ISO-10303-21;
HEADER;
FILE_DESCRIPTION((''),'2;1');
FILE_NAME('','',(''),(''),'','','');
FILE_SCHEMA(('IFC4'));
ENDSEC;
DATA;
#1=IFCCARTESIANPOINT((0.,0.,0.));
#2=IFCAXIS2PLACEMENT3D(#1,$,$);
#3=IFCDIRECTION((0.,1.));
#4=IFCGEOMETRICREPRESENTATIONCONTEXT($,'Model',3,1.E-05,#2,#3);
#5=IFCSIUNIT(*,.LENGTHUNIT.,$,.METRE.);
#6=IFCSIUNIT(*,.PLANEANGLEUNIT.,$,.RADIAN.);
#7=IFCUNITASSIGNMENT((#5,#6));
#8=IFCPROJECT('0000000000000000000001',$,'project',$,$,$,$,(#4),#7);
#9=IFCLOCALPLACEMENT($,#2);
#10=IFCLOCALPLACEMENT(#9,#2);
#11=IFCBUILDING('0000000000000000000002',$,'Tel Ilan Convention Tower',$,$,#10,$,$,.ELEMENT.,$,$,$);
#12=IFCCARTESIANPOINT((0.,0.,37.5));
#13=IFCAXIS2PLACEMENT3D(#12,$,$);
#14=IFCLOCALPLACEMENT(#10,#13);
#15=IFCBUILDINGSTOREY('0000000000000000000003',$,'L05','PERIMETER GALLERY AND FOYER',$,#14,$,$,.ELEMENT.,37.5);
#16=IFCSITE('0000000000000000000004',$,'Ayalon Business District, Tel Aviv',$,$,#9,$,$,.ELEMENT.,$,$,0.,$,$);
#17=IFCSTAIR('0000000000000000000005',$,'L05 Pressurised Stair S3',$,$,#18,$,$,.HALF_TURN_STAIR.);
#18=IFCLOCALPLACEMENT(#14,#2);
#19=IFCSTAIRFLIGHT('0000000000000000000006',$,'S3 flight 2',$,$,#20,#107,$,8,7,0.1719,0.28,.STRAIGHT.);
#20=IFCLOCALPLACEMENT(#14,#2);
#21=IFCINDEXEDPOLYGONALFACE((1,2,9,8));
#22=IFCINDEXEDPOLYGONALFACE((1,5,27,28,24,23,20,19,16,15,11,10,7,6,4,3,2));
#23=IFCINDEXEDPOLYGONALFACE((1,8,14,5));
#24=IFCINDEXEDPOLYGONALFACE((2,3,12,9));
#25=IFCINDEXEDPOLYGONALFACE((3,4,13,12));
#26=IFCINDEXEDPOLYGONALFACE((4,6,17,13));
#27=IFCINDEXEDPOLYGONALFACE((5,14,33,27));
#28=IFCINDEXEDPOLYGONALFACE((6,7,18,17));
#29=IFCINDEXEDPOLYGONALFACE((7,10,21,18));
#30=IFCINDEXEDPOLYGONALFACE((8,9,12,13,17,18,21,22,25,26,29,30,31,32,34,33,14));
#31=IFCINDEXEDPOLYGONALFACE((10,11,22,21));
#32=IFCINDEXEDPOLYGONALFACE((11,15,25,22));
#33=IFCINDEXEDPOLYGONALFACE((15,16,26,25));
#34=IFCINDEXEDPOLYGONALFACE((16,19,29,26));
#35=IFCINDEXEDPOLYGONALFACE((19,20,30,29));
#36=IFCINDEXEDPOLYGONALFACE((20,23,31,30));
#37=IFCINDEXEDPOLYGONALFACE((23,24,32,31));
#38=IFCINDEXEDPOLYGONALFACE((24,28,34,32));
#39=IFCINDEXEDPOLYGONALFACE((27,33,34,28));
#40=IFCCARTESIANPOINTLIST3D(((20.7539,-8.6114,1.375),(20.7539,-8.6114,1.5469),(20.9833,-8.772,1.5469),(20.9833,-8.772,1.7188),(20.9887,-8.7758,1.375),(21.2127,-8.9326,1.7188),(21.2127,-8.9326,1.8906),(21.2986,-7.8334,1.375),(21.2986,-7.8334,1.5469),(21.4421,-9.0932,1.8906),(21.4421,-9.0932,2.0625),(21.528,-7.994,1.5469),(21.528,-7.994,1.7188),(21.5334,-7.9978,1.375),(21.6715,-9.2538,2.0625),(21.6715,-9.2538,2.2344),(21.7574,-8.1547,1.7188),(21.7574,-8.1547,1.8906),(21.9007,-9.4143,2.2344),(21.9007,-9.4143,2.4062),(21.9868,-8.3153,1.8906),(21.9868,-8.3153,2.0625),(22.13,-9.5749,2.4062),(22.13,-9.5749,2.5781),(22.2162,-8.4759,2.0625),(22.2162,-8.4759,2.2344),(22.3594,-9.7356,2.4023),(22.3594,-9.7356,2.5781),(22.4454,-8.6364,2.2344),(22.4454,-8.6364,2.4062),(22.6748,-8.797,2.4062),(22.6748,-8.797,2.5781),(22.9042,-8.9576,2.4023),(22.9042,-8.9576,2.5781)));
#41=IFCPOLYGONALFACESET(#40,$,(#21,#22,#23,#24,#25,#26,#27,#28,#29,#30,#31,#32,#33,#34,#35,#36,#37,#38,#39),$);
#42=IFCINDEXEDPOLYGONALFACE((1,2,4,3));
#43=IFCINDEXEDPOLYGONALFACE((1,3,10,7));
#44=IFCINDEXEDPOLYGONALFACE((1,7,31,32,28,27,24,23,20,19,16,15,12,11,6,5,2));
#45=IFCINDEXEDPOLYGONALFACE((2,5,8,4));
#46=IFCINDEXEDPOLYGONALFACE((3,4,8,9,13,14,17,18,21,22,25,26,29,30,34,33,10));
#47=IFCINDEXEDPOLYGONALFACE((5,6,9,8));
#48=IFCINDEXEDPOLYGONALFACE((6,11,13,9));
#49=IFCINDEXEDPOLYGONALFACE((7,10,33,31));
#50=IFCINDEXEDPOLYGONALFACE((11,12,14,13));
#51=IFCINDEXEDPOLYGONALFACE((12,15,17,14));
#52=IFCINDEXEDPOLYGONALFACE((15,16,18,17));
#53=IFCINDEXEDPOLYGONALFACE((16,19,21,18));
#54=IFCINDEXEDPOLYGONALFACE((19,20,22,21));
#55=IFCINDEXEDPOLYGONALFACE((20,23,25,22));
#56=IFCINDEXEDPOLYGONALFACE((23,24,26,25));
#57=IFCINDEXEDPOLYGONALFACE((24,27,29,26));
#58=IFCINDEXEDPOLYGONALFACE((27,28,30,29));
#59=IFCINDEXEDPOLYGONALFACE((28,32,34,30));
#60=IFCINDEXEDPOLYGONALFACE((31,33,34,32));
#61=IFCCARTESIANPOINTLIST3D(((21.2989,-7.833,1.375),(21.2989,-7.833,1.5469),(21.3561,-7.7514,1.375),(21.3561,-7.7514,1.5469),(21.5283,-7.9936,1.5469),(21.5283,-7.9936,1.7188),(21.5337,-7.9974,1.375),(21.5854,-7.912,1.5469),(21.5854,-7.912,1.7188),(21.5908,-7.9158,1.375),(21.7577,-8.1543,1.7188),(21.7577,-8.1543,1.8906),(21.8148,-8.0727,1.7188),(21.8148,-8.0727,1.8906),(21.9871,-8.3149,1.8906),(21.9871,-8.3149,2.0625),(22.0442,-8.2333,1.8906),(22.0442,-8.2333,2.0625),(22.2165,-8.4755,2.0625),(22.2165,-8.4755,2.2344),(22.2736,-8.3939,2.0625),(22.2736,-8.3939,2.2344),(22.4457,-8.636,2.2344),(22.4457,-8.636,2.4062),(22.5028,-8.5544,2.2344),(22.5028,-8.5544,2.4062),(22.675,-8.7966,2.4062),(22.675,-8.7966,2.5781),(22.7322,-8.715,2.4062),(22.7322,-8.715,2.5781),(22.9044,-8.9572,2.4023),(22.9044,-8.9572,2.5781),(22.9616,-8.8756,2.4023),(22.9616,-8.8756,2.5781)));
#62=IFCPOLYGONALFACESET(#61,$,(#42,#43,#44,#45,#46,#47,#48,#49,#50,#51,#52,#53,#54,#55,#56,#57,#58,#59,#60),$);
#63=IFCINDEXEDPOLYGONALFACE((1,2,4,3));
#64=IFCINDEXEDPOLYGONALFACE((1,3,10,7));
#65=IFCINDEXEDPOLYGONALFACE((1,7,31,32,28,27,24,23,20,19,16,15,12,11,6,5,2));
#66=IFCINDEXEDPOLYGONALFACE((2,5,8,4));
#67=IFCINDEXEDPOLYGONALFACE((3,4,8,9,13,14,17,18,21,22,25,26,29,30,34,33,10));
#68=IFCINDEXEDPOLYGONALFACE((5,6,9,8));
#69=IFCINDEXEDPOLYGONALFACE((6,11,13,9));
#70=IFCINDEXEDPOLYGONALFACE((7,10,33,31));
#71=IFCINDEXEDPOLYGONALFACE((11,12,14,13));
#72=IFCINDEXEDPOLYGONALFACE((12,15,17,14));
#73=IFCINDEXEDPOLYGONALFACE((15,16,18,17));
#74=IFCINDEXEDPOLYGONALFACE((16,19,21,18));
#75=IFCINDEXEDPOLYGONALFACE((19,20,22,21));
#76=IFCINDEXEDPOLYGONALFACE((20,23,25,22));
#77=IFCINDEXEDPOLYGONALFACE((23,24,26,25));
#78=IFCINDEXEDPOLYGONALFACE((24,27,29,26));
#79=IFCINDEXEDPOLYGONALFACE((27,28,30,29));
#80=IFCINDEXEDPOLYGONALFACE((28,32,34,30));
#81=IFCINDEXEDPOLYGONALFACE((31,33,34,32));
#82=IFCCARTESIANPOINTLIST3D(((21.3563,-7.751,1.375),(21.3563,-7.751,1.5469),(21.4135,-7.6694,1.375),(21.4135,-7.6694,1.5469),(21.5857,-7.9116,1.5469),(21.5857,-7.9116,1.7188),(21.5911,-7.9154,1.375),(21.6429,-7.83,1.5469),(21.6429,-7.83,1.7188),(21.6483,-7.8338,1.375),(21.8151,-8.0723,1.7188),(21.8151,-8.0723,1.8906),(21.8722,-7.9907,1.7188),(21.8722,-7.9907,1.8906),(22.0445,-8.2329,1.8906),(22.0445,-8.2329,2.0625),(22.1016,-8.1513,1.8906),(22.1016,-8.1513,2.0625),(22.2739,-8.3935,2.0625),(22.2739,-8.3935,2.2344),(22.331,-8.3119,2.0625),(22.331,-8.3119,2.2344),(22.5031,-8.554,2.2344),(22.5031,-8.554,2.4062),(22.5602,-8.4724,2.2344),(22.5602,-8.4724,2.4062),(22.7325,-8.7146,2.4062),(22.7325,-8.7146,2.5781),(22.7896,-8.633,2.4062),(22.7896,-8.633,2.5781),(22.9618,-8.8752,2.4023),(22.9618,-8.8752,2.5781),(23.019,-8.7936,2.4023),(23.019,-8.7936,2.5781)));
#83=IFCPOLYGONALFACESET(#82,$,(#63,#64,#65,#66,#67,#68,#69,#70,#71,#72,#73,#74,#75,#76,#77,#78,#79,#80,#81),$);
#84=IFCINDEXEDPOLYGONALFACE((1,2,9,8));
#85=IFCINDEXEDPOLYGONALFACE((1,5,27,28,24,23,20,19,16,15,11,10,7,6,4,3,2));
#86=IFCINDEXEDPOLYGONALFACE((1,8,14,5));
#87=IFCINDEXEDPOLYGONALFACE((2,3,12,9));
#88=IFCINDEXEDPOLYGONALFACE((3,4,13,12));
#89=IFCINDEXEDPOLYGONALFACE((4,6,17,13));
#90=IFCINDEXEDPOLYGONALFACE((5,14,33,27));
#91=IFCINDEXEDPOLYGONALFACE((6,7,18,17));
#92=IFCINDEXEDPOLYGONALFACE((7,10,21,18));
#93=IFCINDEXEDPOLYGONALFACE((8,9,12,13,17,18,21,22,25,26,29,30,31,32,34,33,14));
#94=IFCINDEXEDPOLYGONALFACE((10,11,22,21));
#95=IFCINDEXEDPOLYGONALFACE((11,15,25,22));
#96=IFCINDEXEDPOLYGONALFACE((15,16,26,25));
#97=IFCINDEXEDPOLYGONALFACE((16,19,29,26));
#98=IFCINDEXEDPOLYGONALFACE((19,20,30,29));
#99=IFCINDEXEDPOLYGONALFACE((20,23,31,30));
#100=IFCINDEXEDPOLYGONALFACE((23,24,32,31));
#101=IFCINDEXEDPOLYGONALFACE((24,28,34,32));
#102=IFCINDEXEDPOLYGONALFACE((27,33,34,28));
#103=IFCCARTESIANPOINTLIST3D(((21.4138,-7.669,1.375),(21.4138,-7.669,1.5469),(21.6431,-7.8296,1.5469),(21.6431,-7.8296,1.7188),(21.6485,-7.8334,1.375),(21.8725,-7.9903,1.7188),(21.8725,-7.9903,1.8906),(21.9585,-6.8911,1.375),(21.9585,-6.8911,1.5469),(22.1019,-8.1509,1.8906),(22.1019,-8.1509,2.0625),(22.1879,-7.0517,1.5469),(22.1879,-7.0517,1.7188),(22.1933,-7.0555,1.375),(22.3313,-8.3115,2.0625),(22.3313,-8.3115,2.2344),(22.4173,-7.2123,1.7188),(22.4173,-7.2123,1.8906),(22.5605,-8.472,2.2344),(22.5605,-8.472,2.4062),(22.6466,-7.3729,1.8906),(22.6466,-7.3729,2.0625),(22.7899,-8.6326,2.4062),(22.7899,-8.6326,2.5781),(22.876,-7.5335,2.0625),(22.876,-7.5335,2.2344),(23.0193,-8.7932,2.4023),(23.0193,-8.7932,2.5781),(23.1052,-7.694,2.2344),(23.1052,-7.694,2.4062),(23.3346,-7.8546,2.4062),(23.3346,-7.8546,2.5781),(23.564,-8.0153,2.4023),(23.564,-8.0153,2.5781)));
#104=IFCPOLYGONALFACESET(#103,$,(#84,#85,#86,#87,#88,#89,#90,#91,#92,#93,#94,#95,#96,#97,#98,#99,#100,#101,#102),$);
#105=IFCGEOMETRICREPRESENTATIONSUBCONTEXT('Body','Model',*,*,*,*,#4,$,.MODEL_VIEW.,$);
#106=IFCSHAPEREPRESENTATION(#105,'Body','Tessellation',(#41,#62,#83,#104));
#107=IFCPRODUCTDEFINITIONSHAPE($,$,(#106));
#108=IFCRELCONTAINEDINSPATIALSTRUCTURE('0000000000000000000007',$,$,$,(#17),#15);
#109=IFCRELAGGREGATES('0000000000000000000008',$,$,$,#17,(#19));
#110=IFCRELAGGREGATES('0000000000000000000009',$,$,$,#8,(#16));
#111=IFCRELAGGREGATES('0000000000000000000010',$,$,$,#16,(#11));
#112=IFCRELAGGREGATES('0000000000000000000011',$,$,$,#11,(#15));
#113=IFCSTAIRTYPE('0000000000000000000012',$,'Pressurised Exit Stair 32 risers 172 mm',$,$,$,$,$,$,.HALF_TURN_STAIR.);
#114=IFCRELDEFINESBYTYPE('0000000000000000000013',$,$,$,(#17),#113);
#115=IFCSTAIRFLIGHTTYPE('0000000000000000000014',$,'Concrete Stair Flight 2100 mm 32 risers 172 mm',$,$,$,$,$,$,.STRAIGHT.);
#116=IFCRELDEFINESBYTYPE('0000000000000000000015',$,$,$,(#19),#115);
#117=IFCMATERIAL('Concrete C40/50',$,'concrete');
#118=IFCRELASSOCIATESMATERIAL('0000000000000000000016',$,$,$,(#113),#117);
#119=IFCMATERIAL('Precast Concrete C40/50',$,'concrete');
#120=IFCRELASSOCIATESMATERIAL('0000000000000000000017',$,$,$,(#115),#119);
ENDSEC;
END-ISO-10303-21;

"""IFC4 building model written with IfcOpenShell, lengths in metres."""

from ifc_helpers import new_model, si_unit, direction, frame, origin, place, context, subcontext, project, spatial, polyline, outline, extrude, material, type_object, element, aggregate, save


model = new_model("IFC4")

# Units and contexts
model_context = context("Model", 3, precision=1e-05, world=origin(), true_north=direction((0.0, 1.0)))
body_context = subcontext(model_context, "Body", "Model", "MODEL_VIEW")
ifc_project = project(units=[si_unit("LENGTHUNIT", "METRE"), si_unit("PLANEANGLEUNIT", "RADIAN")], contexts=[model_context])

# Site, building, storey
site_placement = place(None, origin())
site = spatial("IfcSite", under=ifc_project, at=site_placement, Name="Ayalon Business District, Tel Aviv", CompositionType="ELEMENT", RefElevation=0.0)
building_placement = place(site_placement, origin())
building = spatial("IfcBuilding", under=site, at=building_placement, Name="Tel Ilan Convention Tower", CompositionType="ELEMENT")
storey_placement = place(building_placement, frame((0.0, 0.0, 37.5)))
storey = spatial("IfcBuildingStorey", under=building, at=storey_placement, Name="L05", Description="PERIMETER GALLERY AND FOYER", CompositionType="ELEMENT", Elevation=37.5)

# Stair, stair flight
ifc_material_1 = material(Name="Concrete C40/50", Category="concrete")
stair_type = type_object("IfcStairType", Name="Pressurised Exit Stair 32 risers 172 mm", PredefinedType="HALF_TURN_STAIR", material=ifc_material_1)
stair_1_placement = place(storey_placement, origin())
stair_1 = element("IfcStair", 1, at=stair_1_placement, inside=storey, type_object=stair_type, Name="L05 Pressurised Stair S3", PredefinedType="HALF_TURN_STAIR")
ifc_material_2 = material(Name="Precast Concrete C40/50", Category="concrete")
stair_flight_type = type_object("IfcStairFlightType", Name="Concrete Stair Flight 2100 mm 32 risers 172 mm", PredefinedType="STRAIGHT", material=ifc_material_2)
stair_flight_1_placement = place(storey_placement, frame((21.3562, -7.7512, 1.375), z_axis=(0.0, 0.0, 1.0), x_axis=(0.819152, -0.573576, 0.0)))
stair_flight_1 = element("IfcStairFlight", 2, at=stair_flight_1_placement, type_object=stair_flight_type, Name="S3 flight 2", NumberOfRisers=8, NumberOfTreads=7, PredefinedType="STRAIGHT", RiserHeight=0.1719, TreadLength=0.28, context=body_context, shape_type="SweptSolid", body=[
    extrude(outline(polyline([(0.0, 0.0), (0.0, 0.1719), (0.28, 0.1719), (0.28, 0.3438), (0.5601, 0.3438), (0.5601, 0.5156), (0.8401, 0.5156), (0.8401, 0.6875), (1.1201, 0.6875), (1.1201, 0.8594), (1.3999, 0.8594), (1.3999, 1.0312), (1.6799, 1.0312), (1.6799, 1.2031), (1.96, 1.2031), (1.96, 1.375), (1.96, 1.0273), (0.2866, 0.0), (0.0, 0.0)])), frame((0.0, -0.1003, 0.0), z_axis=(0.0, -1.0, 0.0), x_axis=(1.0, 0.0, 0.0)), (0.0, 0.0, 1.0), 0.9497),
    extrude(outline(polyline([(0.0, 0.0), (0.0, 0.1719), (0.28, 0.1719), (0.28, 0.3438), (0.5601, 0.3438), (0.5601, 0.5156), (0.8401, 0.5156), (0.8401, 0.6875), (1.1201, 0.6875), (1.1201, 0.8594), (1.3999, 0.8594), (1.3999, 1.0312), (1.6799, 1.0312), (1.6799, 1.2031), (1.96, 1.2031), (1.96, 1.375), (1.96, 1.0273), (0.2866, 0.0), (0.0, 0.0)])), frame((0.0, -0.0002, 0.0), z_axis=(0.0, -1.0, 0.0), x_axis=(1.0, 0.0, 0.0)), (0.0, 0.0, 1.0), 0.0996),
    extrude(outline(polyline([(0.0, 0.0), (0.0, 0.1719), (0.28, 0.1719), (0.28, 0.3438), (0.5601, 0.3438), (0.5601, 0.5156), (0.8401, 0.5156), (0.8401, 0.6875), (1.1201, 0.6875), (1.1201, 0.8594), (1.3999, 0.8594), (1.3999, 1.0312), (1.6799, 1.0312), (1.6799, 1.2031), (1.96, 1.2031), (1.96, 1.375), (1.96, 1.0273), (0.2866, 0.0), (0.0, 0.0)])), frame((0.0, 0.0999, 0.0), z_axis=(0.0, -1.0, 0.0), x_axis=(1.0, 0.0, 0.0)), (0.0, 0.0, 1.0), 0.0996),
    extrude(outline(polyline([(0.0, 0.0), (0.0, 0.1719), (0.28, 0.1719), (0.28, 0.3438), (0.5601, 0.3438), (0.5601, 0.5156), (0.8401, 0.5156), (0.8401, 0.6875), (1.1201, 0.6875), (1.1201, 0.8594), (1.3999, 0.8594), (1.3999, 1.0312), (1.6799, 1.0312), (1.6799, 1.2031), (1.96, 1.2031), (1.96, 1.375), (1.96, 1.0273), (0.2866, 0.0), (0.0, 0.0)])), frame((0.0, 1.05, 0.0), z_axis=(0.0, -1.0, 0.0), x_axis=(1.0, 0.0, 0.0)), (0.0, 0.0, 1.0), 0.9497),
])
aggregate(stair_1, [stair_flight_1])

save(model, "model.ifc")
